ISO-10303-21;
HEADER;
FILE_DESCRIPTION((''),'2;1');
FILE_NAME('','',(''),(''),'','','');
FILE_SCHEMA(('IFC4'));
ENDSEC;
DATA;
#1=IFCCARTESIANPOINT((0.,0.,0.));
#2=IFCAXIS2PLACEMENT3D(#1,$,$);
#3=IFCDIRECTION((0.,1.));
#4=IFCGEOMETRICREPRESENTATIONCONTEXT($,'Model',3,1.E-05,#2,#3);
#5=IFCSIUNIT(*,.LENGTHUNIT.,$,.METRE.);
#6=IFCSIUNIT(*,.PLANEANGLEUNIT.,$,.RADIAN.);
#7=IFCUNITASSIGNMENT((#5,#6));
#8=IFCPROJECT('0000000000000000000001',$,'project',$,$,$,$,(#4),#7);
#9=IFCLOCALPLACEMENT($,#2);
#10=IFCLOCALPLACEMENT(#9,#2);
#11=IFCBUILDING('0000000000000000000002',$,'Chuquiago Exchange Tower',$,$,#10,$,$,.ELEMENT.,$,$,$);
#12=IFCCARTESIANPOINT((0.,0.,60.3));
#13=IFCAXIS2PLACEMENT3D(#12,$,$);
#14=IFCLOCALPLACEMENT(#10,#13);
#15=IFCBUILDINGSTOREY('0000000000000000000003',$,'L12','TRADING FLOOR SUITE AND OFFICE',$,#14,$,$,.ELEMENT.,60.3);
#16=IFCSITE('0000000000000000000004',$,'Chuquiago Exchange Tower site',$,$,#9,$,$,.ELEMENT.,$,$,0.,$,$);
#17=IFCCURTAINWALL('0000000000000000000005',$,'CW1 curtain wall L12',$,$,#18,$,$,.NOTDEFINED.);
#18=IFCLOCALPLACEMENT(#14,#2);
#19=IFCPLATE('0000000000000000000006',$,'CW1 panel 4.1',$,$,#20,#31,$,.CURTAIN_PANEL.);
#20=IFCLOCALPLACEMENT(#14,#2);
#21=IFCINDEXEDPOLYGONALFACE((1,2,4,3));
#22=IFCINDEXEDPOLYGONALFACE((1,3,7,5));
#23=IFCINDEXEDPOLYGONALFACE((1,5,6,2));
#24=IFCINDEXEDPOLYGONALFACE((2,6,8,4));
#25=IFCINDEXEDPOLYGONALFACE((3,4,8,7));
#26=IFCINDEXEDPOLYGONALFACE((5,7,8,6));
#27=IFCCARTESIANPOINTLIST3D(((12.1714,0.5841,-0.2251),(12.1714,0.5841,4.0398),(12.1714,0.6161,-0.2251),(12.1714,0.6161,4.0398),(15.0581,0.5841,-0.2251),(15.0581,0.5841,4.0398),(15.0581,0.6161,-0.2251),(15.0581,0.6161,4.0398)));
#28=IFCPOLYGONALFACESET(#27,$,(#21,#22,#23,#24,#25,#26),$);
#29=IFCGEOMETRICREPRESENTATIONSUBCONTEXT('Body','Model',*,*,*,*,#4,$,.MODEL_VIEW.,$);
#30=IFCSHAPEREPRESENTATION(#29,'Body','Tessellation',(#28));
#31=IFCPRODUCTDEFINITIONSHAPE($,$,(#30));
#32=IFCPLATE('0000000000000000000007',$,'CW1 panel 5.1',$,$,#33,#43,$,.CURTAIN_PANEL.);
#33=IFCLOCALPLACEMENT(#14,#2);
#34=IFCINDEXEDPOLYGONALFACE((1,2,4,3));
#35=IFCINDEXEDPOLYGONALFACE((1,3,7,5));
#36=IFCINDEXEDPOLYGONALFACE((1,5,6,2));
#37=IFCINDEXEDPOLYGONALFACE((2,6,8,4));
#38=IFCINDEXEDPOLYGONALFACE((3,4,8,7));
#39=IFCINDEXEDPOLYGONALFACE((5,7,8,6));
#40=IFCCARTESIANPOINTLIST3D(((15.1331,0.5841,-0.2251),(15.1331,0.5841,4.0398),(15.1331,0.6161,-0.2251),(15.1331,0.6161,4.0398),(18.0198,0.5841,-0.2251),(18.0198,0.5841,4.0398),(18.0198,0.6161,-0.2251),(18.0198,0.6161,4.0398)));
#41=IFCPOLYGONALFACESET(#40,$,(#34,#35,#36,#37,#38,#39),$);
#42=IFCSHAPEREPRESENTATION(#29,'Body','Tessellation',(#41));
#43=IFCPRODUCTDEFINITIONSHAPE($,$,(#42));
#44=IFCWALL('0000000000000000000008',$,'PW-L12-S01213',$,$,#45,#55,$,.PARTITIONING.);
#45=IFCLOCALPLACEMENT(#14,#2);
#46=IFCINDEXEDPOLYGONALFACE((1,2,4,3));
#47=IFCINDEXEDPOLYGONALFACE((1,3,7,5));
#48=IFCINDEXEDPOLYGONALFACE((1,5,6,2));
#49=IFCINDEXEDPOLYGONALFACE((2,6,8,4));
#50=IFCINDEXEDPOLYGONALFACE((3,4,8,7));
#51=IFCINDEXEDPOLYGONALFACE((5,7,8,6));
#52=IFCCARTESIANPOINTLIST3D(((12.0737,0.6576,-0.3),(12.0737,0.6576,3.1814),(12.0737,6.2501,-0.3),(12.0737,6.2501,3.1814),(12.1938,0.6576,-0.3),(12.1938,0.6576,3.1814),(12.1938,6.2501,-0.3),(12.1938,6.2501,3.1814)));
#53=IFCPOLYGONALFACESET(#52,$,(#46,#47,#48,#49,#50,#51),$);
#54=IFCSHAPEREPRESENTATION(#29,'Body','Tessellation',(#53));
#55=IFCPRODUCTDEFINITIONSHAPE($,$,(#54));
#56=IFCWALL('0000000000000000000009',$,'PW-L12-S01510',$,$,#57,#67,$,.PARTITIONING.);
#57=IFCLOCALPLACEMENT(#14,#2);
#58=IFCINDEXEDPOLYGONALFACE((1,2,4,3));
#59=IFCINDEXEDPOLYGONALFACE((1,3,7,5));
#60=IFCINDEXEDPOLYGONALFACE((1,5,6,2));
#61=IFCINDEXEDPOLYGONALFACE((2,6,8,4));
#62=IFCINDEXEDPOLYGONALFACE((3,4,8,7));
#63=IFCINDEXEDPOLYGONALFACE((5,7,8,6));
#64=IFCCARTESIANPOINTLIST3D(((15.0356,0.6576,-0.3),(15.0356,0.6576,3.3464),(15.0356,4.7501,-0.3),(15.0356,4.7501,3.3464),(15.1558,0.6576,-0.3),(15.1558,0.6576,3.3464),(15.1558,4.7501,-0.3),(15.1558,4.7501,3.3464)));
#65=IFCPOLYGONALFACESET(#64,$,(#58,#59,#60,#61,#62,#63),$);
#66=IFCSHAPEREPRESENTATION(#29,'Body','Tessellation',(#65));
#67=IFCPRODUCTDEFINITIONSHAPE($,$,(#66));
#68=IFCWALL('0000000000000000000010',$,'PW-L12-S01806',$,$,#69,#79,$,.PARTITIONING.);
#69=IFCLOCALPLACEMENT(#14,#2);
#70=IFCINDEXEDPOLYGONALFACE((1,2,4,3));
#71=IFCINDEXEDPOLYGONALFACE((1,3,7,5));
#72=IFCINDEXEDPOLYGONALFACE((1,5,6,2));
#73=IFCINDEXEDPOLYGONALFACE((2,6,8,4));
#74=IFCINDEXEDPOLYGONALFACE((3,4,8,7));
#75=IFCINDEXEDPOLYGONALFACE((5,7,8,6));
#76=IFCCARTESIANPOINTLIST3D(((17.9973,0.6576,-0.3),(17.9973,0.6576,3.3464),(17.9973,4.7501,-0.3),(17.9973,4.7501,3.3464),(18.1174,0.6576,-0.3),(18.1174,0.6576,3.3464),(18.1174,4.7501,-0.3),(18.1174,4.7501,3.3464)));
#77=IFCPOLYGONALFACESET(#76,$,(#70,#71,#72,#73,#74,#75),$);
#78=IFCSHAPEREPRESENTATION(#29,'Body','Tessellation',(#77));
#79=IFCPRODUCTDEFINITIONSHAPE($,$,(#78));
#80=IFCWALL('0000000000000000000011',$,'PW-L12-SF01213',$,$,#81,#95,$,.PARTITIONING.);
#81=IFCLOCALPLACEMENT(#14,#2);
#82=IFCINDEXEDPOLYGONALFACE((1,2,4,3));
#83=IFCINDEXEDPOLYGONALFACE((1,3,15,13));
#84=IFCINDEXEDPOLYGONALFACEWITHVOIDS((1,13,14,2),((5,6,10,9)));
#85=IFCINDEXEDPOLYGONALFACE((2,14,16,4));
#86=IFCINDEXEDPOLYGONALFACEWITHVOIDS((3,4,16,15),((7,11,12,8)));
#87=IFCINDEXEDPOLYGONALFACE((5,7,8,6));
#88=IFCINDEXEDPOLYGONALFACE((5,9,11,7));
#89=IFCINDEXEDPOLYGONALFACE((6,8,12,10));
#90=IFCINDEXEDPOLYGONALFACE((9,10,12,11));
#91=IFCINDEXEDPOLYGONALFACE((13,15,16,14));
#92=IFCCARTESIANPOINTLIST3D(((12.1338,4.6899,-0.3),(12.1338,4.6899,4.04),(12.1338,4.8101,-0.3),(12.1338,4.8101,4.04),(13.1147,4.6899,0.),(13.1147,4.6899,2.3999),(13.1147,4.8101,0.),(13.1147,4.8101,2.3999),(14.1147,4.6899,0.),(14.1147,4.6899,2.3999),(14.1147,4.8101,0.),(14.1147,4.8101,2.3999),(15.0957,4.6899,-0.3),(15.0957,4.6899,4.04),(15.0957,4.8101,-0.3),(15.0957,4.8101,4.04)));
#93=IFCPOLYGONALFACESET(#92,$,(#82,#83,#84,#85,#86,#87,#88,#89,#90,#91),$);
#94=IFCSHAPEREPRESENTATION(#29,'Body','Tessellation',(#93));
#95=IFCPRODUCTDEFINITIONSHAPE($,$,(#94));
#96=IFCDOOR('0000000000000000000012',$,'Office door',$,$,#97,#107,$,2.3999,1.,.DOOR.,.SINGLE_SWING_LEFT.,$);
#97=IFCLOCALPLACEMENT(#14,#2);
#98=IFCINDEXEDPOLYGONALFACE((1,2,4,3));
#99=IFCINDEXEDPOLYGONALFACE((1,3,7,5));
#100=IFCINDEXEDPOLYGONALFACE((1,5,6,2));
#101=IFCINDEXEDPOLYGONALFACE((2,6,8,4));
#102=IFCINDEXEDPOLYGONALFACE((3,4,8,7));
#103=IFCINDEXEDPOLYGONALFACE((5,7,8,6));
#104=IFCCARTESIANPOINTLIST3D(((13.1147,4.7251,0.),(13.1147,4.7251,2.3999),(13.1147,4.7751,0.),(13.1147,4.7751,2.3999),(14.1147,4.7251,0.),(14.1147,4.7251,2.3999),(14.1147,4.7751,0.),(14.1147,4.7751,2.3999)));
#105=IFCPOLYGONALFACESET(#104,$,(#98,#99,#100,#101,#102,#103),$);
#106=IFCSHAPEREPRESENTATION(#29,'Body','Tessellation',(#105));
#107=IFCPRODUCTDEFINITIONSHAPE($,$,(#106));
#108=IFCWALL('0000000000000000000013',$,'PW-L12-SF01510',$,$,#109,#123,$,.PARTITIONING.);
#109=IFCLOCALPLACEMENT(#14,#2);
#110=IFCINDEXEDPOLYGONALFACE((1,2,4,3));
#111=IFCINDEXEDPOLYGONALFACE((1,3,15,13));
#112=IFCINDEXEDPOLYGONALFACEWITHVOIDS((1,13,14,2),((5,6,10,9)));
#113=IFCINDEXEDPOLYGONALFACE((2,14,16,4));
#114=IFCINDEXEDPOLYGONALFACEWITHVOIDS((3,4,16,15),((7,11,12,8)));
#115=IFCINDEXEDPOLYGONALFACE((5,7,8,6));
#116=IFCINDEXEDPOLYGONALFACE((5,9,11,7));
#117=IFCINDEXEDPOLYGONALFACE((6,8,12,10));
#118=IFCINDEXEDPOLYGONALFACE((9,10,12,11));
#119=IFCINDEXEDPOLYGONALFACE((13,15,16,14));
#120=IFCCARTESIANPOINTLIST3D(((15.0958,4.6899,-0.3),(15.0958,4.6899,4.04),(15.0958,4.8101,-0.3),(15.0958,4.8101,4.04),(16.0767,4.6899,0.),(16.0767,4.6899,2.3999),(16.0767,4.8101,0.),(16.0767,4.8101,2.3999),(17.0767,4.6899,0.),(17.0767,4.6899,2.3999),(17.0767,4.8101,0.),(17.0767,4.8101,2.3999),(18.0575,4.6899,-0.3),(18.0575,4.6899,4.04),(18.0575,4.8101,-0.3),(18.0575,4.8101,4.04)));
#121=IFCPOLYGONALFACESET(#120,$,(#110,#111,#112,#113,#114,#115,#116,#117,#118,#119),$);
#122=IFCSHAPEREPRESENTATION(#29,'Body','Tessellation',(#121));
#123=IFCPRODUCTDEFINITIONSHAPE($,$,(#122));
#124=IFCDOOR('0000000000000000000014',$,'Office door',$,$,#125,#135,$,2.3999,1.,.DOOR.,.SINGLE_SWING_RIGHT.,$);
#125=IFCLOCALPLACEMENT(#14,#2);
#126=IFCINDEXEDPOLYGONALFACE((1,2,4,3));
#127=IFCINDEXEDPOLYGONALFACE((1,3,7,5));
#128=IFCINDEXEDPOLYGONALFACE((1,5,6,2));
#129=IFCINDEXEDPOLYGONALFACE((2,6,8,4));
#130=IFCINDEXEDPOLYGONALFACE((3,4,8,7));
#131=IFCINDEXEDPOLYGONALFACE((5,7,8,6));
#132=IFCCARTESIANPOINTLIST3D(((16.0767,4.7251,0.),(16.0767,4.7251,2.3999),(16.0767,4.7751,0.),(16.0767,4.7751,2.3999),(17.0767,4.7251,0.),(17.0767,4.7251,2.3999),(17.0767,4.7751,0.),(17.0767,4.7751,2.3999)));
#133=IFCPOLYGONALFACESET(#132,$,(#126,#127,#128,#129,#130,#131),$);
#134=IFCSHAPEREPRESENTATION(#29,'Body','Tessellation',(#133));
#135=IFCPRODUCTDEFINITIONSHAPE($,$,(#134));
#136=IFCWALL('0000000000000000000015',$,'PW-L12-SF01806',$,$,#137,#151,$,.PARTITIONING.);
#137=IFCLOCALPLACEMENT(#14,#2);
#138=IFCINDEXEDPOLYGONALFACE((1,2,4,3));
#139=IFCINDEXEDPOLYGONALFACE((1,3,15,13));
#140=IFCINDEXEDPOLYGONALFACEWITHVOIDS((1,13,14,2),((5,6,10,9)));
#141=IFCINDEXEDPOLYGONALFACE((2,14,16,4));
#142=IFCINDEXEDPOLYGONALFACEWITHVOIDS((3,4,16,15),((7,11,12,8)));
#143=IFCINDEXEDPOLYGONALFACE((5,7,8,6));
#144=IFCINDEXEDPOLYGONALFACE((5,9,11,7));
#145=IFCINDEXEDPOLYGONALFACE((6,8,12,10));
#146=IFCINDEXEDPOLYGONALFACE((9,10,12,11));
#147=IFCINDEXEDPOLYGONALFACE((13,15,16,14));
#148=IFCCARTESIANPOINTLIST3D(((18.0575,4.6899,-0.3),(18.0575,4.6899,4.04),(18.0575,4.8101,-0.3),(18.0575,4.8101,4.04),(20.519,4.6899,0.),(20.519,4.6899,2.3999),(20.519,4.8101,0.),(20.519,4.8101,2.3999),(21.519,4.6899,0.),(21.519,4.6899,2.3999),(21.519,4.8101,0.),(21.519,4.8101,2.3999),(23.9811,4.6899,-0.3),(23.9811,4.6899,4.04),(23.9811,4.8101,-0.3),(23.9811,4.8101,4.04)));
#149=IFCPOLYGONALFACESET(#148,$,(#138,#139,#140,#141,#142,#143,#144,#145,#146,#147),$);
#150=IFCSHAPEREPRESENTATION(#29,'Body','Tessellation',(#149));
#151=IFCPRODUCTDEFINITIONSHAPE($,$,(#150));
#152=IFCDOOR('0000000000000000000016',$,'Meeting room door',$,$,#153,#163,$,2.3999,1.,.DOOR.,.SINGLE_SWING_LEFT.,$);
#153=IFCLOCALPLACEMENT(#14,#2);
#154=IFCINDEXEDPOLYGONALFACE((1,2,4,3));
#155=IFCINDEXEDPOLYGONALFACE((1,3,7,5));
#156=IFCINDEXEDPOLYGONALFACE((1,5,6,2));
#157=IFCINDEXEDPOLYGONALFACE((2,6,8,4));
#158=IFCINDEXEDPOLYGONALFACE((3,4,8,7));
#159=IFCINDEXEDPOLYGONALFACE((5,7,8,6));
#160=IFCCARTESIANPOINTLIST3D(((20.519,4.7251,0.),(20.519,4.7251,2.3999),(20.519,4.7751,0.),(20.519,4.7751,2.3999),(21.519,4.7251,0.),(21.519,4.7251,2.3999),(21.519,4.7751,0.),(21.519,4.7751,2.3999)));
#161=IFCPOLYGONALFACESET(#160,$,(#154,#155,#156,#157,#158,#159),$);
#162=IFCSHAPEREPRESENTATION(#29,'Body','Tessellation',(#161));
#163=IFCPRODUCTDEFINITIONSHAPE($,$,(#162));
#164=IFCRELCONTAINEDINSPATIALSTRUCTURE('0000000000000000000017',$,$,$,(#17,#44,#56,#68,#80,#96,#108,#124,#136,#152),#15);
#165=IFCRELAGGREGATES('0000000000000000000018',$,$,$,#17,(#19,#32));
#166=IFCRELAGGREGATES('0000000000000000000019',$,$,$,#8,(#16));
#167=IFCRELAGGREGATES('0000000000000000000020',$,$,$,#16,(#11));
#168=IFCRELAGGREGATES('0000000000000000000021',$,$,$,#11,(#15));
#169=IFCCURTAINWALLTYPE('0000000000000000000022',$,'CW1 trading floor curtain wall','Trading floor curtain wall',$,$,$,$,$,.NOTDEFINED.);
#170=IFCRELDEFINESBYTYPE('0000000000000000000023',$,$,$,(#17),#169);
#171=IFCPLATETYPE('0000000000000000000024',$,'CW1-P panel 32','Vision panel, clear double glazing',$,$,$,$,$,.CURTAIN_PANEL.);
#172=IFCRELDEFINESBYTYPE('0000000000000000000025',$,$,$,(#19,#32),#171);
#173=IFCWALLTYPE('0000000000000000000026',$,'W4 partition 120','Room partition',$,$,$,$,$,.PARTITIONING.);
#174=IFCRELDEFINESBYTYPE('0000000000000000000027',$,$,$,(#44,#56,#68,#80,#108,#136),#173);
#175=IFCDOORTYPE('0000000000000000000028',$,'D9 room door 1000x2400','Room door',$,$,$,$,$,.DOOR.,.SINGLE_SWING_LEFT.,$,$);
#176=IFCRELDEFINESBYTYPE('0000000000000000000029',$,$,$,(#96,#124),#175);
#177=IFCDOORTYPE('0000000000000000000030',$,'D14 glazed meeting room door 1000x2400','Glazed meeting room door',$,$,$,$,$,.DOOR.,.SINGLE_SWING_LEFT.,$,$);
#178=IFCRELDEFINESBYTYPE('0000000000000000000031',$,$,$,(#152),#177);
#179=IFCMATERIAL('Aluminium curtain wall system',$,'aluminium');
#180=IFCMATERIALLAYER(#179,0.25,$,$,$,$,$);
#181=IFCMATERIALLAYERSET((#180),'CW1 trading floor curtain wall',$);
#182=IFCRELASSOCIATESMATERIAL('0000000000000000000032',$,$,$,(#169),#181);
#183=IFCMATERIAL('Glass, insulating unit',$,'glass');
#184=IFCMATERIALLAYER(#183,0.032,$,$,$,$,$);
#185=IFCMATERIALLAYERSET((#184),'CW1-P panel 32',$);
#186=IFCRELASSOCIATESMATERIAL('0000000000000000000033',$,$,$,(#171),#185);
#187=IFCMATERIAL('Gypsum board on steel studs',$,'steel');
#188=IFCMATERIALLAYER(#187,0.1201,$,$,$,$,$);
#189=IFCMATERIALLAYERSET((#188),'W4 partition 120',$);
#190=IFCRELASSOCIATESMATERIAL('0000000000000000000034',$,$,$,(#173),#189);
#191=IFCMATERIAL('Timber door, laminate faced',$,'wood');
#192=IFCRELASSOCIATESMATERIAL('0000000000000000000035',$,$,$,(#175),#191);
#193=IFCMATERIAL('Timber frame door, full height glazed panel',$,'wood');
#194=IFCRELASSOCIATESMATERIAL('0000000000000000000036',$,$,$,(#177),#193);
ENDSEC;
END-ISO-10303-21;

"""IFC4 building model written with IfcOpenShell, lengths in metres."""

from ifc_helpers import new_model, si_unit, direction, frame, frame_2d, origin, origin_2d, place, context, subcontext, project, spatial, rectangle, extrude, material, layer, layer_set, type_object, element, fill, aggregate, save


model = new_model("IFC4")

# Units and contexts
model_context = context("Model", 3, precision=1e-05, world=origin(), true_north=direction((0.0, 1.0)))
body_context = subcontext(model_context, "Body", "Model", "MODEL_VIEW")
ifc_project = project(units=[si_unit("LENGTHUNIT", "METRE"), si_unit("PLANEANGLEUNIT", "RADIAN")], contexts=[model_context])

# Site, building, storey
site_placement = place(None, origin())
site = spatial("IfcSite", under=ifc_project, at=site_placement, Name="Chuquiago Exchange Tower site", CompositionType="ELEMENT", RefElevation=0.0)
building_placement = place(site_placement, origin())
building = spatial("IfcBuilding", under=site, at=building_placement, Name="Chuquiago Exchange Tower", CompositionType="ELEMENT")
storey_placement = place(building_placement, frame((0.0, 0.0, 60.3)))
storey = spatial("IfcBuildingStorey", under=building, at=storey_placement, Name="L12", Description="TRADING FLOOR SUITE AND OFFICE", CompositionType="ELEMENT", Elevation=60.3)

# Curtain wall
ifc_material_1 = material(Name="Aluminium curtain wall system", Category="aluminium")
ifc_layer_1 = layer(ifc_material_1, 0.25)
ifc_layer_set_1 = layer_set([ifc_layer_1], Name="CW1 trading floor curtain wall")
curtain_wall_type = type_object("IfcCurtainWallType", Name="CW1 trading floor curtain wall", Description="Trading floor curtain wall", PredefinedType="NOTDEFINED", material=ifc_layer_set_1)
curtain_wall_placement = place(storey_placement, origin())
curtain_wall = element("IfcCurtainWall", 1, at=curtain_wall_placement, inside=storey, type_object=curtain_wall_type, Name="CW1 curtain wall L12", PredefinedType="NOTDEFINED")

# Plates
ifc_material_2 = material(Name="Glass, insulating unit", Category="glass")
ifc_layer_2 = layer(ifc_material_2, 0.032)
ifc_layer_set_2 = layer_set([ifc_layer_2], Name="CW1-P panel 32")
plate_type = type_object("IfcPlateType", Name="CW1-P panel 32", Description="Vision panel, clear double glazing", PredefinedType="CURTAIN_PANEL", material=ifc_layer_set_2)
plate_1_placement = place(storey_placement, frame((13.6147, 0.6001, -0.2251), z_axis=(0.0, 0.0, 1.0), x_axis=(1.0, 0.0, 0.0)))
plate_1 = element("IfcPlate", 2, at=plate_1_placement, type_object=plate_type, Name="CW1 panel 4.1", PredefinedType="CURTAIN_PANEL", context=body_context, shape_type="SweptSolid", body=[
    extrude(rectangle(XDim=2.8867, YDim=0.032, at=origin_2d()), origin(), (0.0, 0.0, 1.0), 4.2649),
])
plate_2_placement = place(storey_placement, frame((16.5764, 0.6001, -0.2251), z_axis=(0.0, 0.0, 1.0), x_axis=(1.0, 0.0, 0.0)))
plate_2 = element("IfcPlate", 3, at=plate_2_placement, type_object=plate_type, Name="CW1 panel 5.1", PredefinedType="CURTAIN_PANEL", context=body_context, shape_type="SweptSolid", body=[
    extrude(rectangle(XDim=2.8867, YDim=0.032, at=origin_2d()), origin(), (0.0, 0.0, 1.0), 4.2649),
])
aggregate(curtain_wall, [plate_1, plate_2])

# Walls
ifc_material_3 = material(Name="Gypsum board on steel studs", Category="steel")
ifc_layer_3 = layer(ifc_material_3, 0.1201)
ifc_layer_set_3 = layer_set([ifc_layer_3], Name="W4 partition 120")
wall_type = type_object("IfcWallType", Name="W4 partition 120", Description="Room partition", PredefinedType="PARTITIONING", material=ifc_layer_set_3)
wall_1_placement = place(storey_placement, frame((12.1338, 0.6575, -0.3), z_axis=(0.0, 0.0, 1.0), x_axis=(0.0, 1.0, 0.0)))
element("IfcWall", 4, at=wall_1_placement, inside=storey, type_object=wall_type, Name="PW-L12-S01213", PredefinedType="PARTITIONING", context=body_context, shape_type="SweptSolid", body=[
    extrude(rectangle(XDim=5.5925, YDim=0.1201, at=frame_2d((2.7964, 0.0))), origin(), (0.0, 0.0, 1.0), 3.4814),
])
for number, where, z_axis, x_axis, name in (
    (5, (15.0957, 0.6575, -0.3), (0.0, 0.0, 1.0), (0.0, 1.0, 0.0), "PW-L12-S01510"),
    (6, (18.0574, 0.6575, -0.3), (0.0, 0.0, 1.0), (0.0, 1.0, 0.0), "PW-L12-S01806"),
):
    element("IfcWall", number, at=place(storey_placement, frame(where, z_axis=z_axis, x_axis=x_axis)), inside=storey, type_object=wall_type, Name=name, PredefinedType="PARTITIONING", context=body_context, shape_type="SweptSolid", body=[
        extrude(rectangle(XDim=4.0925, YDim=0.1201, at=frame_2d((2.0464, 0.0))), origin(), (0.0, 0.0, 1.0), 3.6465),
    ])

# Walls, openings, doors
wall_2_placement = place(storey_placement, frame((12.1338, 4.75, -0.3), z_axis=(0.0, 0.0, 1.0), x_axis=(1.0, 0.0, 0.0)))
wall_2 = element("IfcWall", 7, at=wall_2_placement, inside=storey, type_object=wall_type, Name="PW-L12-SF01213", PredefinedType="PARTITIONING", context=body_context, shape_type="SweptSolid", body=[
    extrude(rectangle(XDim=2.9619, YDim=0.1201, at=frame_2d((1.481, 0.0))), origin(), (0.0, 0.0, 1.0), 4.3401),
])
opening_1_placement = place(wall_2_placement, frame((0.981, 0.0, 0.3)))
opening_1 = element("IfcOpeningElement", 8, at=opening_1_placement, cuts=wall_2, PredefinedType="OPENING", context=body_context, shape_type="SweptSolid", body=[
    extrude(rectangle(XDim=1.0, YDim=2.3999, at=frame_2d((0.5, 1.2))), frame((0.0, 0.0701, 0.0), z_axis=(0.0, -1.0, 0.0), x_axis=(1.0, 0.0, 0.0)), (0.0, 0.0, 1.0), 0.1401),
])
ifc_material_4 = material(Name="Timber door, laminate faced", Category="wood")
door_type_1 = type_object("IfcDoorType", Name="D9 room door 1000x2400", Description="Room door", OperationType="SINGLE_SWING_LEFT", PredefinedType="DOOR", material=ifc_material_4)
door_1_placement = place(opening_1_placement, frame((1.0, 0.0, 0.0), z_axis=(0.0, 0.0, 1.0), x_axis=(-1.0, 0.0, 0.0)))
door_1 = element("IfcDoor", 9, at=door_1_placement, inside=storey, type_object=door_type_1, Name="Office door", OperationType="SINGLE_SWING_LEFT", OverallHeight=2.3999, OverallWidth=1.0, PredefinedType="DOOR", context=body_context, shape_type="SweptSolid", body=[
    extrude(rectangle(XDim=1.0, YDim=2.3999, at=frame_2d((0.5, 1.2))), frame((0.0, 0.0249, 0.0), z_axis=(0.0, -1.0, 0.0), x_axis=(1.0, 0.0, 0.0)), (0.0, 0.0, 1.0), 0.05),
])
fill(opening_1, door_1)
wall_3_placement = place(storey_placement, frame((15.0957, 4.75, -0.3), z_axis=(0.0, 0.0, 1.0), x_axis=(1.0, 0.0, 0.0)))
wall_3 = element("IfcWall", 10, at=wall_3_placement, inside=storey, type_object=wall_type, Name="PW-L12-SF01510", PredefinedType="PARTITIONING", context=body_context, shape_type="SweptSolid", body=[
    extrude(rectangle(XDim=2.9617, YDim=0.1201, at=frame_2d((1.481, 0.0))), origin(), (0.0, 0.0, 1.0), 4.3401),
])
opening_2_placement = place(wall_3_placement, frame((0.981, 0.0, 0.3)))
opening_2 = element("IfcOpeningElement", 11, at=opening_2_placement, cuts=wall_3, PredefinedType="OPENING", context=body_context, shape_type="SweptSolid", body=[
    extrude(rectangle(XDim=1.0, YDim=2.3999, at=frame_2d((0.5, 1.2))), frame((0.0, 0.0701, 0.0), z_axis=(0.0, -1.0, 0.0), x_axis=(1.0, 0.0, 0.0)), (0.0, 0.0, 1.0), 0.1401),
])
door_2_placement = place(opening_2_placement, frame((1.0, 0.0, 0.0), z_axis=(0.0, 0.0, 1.0), x_axis=(-1.0, 0.0, 0.0)))
door_2 = element("IfcDoor", 12, at=door_2_placement, inside=storey, type_object=door_type_1, Name="Office door", OperationType="SINGLE_SWING_RIGHT", OverallHeight=2.3999, OverallWidth=1.0, PredefinedType="DOOR", context=body_context, shape_type="SweptSolid", body=[
    extrude(rectangle(XDim=1.0, YDim=2.3999, at=frame_2d((0.5, 1.2))), frame((0.0, 0.0249, 0.0), z_axis=(0.0, -1.0, 0.0), x_axis=(1.0, 0.0, 0.0)), (0.0, 0.0, 1.0), 0.05),
])
fill(opening_2, door_2)
wall_4_placement = place(storey_placement, frame((18.0574, 4.75, -0.3), z_axis=(0.0, 0.0, 1.0), x_axis=(1.0, 0.0, 0.0)))
wall_4 = element("IfcWall", 13, at=wall_4_placement, inside=storey, type_object=wall_type, Name="PW-L12-SF01806", PredefinedType="PARTITIONING", context=body_context, shape_type="SweptSolid", body=[
    extrude(rectangle(XDim=5.9236, YDim=0.1201, at=frame_2d((2.9619, 0.0))), origin(), (0.0, 0.0, 1.0), 4.3401),
])
opening_3_placement = place(wall_4_placement, frame((2.4617, 0.0, 0.3)))
opening_3 = element("IfcOpeningElement", 14, at=opening_3_placement, cuts=wall_4, PredefinedType="OPENING", context=body_context, shape_type="SweptSolid", body=[
    extrude(rectangle(XDim=1.0, YDim=2.3999, at=frame_2d((0.5, 1.2))), frame((0.0, 0.0701, 0.0), z_axis=(0.0, -1.0, 0.0), x_axis=(1.0, 0.0, 0.0)), (0.0, 0.0, 1.0), 0.1401),
])
ifc_material_5 = material(Name="Timber frame door, full height glazed panel", Category="wood")
door_type_2 = type_object("IfcDoorType", Name="D14 glazed meeting room door 1000x2400", Description="Glazed meeting room door", OperationType="SINGLE_SWING_LEFT", PredefinedType="DOOR", material=ifc_material_5)
door_3_placement = place(opening_3_placement, frame((1.0, 0.0, 0.0), z_axis=(0.0, 0.0, 1.0), x_axis=(-1.0, 0.0, 0.0)))
door_3 = element("IfcDoor", 15, at=door_3_placement, inside=storey, type_object=door_type_2, Name="Meeting room door", OperationType="SINGLE_SWING_LEFT", OverallHeight=2.3999, OverallWidth=1.0, PredefinedType="DOOR", context=body_context, shape_type="SweptSolid", body=[
    extrude(rectangle(XDim=1.0, YDim=2.3999, at=frame_2d((0.5, 1.2))), frame((0.0, 0.0249, 0.0), z_axis=(0.0, -1.0, 0.0), x_axis=(1.0, 0.0, 0.0)), (0.0, 0.0, 1.0), 0.05),
])
fill(opening_3, door_3)

save(model, "model.ifc")
